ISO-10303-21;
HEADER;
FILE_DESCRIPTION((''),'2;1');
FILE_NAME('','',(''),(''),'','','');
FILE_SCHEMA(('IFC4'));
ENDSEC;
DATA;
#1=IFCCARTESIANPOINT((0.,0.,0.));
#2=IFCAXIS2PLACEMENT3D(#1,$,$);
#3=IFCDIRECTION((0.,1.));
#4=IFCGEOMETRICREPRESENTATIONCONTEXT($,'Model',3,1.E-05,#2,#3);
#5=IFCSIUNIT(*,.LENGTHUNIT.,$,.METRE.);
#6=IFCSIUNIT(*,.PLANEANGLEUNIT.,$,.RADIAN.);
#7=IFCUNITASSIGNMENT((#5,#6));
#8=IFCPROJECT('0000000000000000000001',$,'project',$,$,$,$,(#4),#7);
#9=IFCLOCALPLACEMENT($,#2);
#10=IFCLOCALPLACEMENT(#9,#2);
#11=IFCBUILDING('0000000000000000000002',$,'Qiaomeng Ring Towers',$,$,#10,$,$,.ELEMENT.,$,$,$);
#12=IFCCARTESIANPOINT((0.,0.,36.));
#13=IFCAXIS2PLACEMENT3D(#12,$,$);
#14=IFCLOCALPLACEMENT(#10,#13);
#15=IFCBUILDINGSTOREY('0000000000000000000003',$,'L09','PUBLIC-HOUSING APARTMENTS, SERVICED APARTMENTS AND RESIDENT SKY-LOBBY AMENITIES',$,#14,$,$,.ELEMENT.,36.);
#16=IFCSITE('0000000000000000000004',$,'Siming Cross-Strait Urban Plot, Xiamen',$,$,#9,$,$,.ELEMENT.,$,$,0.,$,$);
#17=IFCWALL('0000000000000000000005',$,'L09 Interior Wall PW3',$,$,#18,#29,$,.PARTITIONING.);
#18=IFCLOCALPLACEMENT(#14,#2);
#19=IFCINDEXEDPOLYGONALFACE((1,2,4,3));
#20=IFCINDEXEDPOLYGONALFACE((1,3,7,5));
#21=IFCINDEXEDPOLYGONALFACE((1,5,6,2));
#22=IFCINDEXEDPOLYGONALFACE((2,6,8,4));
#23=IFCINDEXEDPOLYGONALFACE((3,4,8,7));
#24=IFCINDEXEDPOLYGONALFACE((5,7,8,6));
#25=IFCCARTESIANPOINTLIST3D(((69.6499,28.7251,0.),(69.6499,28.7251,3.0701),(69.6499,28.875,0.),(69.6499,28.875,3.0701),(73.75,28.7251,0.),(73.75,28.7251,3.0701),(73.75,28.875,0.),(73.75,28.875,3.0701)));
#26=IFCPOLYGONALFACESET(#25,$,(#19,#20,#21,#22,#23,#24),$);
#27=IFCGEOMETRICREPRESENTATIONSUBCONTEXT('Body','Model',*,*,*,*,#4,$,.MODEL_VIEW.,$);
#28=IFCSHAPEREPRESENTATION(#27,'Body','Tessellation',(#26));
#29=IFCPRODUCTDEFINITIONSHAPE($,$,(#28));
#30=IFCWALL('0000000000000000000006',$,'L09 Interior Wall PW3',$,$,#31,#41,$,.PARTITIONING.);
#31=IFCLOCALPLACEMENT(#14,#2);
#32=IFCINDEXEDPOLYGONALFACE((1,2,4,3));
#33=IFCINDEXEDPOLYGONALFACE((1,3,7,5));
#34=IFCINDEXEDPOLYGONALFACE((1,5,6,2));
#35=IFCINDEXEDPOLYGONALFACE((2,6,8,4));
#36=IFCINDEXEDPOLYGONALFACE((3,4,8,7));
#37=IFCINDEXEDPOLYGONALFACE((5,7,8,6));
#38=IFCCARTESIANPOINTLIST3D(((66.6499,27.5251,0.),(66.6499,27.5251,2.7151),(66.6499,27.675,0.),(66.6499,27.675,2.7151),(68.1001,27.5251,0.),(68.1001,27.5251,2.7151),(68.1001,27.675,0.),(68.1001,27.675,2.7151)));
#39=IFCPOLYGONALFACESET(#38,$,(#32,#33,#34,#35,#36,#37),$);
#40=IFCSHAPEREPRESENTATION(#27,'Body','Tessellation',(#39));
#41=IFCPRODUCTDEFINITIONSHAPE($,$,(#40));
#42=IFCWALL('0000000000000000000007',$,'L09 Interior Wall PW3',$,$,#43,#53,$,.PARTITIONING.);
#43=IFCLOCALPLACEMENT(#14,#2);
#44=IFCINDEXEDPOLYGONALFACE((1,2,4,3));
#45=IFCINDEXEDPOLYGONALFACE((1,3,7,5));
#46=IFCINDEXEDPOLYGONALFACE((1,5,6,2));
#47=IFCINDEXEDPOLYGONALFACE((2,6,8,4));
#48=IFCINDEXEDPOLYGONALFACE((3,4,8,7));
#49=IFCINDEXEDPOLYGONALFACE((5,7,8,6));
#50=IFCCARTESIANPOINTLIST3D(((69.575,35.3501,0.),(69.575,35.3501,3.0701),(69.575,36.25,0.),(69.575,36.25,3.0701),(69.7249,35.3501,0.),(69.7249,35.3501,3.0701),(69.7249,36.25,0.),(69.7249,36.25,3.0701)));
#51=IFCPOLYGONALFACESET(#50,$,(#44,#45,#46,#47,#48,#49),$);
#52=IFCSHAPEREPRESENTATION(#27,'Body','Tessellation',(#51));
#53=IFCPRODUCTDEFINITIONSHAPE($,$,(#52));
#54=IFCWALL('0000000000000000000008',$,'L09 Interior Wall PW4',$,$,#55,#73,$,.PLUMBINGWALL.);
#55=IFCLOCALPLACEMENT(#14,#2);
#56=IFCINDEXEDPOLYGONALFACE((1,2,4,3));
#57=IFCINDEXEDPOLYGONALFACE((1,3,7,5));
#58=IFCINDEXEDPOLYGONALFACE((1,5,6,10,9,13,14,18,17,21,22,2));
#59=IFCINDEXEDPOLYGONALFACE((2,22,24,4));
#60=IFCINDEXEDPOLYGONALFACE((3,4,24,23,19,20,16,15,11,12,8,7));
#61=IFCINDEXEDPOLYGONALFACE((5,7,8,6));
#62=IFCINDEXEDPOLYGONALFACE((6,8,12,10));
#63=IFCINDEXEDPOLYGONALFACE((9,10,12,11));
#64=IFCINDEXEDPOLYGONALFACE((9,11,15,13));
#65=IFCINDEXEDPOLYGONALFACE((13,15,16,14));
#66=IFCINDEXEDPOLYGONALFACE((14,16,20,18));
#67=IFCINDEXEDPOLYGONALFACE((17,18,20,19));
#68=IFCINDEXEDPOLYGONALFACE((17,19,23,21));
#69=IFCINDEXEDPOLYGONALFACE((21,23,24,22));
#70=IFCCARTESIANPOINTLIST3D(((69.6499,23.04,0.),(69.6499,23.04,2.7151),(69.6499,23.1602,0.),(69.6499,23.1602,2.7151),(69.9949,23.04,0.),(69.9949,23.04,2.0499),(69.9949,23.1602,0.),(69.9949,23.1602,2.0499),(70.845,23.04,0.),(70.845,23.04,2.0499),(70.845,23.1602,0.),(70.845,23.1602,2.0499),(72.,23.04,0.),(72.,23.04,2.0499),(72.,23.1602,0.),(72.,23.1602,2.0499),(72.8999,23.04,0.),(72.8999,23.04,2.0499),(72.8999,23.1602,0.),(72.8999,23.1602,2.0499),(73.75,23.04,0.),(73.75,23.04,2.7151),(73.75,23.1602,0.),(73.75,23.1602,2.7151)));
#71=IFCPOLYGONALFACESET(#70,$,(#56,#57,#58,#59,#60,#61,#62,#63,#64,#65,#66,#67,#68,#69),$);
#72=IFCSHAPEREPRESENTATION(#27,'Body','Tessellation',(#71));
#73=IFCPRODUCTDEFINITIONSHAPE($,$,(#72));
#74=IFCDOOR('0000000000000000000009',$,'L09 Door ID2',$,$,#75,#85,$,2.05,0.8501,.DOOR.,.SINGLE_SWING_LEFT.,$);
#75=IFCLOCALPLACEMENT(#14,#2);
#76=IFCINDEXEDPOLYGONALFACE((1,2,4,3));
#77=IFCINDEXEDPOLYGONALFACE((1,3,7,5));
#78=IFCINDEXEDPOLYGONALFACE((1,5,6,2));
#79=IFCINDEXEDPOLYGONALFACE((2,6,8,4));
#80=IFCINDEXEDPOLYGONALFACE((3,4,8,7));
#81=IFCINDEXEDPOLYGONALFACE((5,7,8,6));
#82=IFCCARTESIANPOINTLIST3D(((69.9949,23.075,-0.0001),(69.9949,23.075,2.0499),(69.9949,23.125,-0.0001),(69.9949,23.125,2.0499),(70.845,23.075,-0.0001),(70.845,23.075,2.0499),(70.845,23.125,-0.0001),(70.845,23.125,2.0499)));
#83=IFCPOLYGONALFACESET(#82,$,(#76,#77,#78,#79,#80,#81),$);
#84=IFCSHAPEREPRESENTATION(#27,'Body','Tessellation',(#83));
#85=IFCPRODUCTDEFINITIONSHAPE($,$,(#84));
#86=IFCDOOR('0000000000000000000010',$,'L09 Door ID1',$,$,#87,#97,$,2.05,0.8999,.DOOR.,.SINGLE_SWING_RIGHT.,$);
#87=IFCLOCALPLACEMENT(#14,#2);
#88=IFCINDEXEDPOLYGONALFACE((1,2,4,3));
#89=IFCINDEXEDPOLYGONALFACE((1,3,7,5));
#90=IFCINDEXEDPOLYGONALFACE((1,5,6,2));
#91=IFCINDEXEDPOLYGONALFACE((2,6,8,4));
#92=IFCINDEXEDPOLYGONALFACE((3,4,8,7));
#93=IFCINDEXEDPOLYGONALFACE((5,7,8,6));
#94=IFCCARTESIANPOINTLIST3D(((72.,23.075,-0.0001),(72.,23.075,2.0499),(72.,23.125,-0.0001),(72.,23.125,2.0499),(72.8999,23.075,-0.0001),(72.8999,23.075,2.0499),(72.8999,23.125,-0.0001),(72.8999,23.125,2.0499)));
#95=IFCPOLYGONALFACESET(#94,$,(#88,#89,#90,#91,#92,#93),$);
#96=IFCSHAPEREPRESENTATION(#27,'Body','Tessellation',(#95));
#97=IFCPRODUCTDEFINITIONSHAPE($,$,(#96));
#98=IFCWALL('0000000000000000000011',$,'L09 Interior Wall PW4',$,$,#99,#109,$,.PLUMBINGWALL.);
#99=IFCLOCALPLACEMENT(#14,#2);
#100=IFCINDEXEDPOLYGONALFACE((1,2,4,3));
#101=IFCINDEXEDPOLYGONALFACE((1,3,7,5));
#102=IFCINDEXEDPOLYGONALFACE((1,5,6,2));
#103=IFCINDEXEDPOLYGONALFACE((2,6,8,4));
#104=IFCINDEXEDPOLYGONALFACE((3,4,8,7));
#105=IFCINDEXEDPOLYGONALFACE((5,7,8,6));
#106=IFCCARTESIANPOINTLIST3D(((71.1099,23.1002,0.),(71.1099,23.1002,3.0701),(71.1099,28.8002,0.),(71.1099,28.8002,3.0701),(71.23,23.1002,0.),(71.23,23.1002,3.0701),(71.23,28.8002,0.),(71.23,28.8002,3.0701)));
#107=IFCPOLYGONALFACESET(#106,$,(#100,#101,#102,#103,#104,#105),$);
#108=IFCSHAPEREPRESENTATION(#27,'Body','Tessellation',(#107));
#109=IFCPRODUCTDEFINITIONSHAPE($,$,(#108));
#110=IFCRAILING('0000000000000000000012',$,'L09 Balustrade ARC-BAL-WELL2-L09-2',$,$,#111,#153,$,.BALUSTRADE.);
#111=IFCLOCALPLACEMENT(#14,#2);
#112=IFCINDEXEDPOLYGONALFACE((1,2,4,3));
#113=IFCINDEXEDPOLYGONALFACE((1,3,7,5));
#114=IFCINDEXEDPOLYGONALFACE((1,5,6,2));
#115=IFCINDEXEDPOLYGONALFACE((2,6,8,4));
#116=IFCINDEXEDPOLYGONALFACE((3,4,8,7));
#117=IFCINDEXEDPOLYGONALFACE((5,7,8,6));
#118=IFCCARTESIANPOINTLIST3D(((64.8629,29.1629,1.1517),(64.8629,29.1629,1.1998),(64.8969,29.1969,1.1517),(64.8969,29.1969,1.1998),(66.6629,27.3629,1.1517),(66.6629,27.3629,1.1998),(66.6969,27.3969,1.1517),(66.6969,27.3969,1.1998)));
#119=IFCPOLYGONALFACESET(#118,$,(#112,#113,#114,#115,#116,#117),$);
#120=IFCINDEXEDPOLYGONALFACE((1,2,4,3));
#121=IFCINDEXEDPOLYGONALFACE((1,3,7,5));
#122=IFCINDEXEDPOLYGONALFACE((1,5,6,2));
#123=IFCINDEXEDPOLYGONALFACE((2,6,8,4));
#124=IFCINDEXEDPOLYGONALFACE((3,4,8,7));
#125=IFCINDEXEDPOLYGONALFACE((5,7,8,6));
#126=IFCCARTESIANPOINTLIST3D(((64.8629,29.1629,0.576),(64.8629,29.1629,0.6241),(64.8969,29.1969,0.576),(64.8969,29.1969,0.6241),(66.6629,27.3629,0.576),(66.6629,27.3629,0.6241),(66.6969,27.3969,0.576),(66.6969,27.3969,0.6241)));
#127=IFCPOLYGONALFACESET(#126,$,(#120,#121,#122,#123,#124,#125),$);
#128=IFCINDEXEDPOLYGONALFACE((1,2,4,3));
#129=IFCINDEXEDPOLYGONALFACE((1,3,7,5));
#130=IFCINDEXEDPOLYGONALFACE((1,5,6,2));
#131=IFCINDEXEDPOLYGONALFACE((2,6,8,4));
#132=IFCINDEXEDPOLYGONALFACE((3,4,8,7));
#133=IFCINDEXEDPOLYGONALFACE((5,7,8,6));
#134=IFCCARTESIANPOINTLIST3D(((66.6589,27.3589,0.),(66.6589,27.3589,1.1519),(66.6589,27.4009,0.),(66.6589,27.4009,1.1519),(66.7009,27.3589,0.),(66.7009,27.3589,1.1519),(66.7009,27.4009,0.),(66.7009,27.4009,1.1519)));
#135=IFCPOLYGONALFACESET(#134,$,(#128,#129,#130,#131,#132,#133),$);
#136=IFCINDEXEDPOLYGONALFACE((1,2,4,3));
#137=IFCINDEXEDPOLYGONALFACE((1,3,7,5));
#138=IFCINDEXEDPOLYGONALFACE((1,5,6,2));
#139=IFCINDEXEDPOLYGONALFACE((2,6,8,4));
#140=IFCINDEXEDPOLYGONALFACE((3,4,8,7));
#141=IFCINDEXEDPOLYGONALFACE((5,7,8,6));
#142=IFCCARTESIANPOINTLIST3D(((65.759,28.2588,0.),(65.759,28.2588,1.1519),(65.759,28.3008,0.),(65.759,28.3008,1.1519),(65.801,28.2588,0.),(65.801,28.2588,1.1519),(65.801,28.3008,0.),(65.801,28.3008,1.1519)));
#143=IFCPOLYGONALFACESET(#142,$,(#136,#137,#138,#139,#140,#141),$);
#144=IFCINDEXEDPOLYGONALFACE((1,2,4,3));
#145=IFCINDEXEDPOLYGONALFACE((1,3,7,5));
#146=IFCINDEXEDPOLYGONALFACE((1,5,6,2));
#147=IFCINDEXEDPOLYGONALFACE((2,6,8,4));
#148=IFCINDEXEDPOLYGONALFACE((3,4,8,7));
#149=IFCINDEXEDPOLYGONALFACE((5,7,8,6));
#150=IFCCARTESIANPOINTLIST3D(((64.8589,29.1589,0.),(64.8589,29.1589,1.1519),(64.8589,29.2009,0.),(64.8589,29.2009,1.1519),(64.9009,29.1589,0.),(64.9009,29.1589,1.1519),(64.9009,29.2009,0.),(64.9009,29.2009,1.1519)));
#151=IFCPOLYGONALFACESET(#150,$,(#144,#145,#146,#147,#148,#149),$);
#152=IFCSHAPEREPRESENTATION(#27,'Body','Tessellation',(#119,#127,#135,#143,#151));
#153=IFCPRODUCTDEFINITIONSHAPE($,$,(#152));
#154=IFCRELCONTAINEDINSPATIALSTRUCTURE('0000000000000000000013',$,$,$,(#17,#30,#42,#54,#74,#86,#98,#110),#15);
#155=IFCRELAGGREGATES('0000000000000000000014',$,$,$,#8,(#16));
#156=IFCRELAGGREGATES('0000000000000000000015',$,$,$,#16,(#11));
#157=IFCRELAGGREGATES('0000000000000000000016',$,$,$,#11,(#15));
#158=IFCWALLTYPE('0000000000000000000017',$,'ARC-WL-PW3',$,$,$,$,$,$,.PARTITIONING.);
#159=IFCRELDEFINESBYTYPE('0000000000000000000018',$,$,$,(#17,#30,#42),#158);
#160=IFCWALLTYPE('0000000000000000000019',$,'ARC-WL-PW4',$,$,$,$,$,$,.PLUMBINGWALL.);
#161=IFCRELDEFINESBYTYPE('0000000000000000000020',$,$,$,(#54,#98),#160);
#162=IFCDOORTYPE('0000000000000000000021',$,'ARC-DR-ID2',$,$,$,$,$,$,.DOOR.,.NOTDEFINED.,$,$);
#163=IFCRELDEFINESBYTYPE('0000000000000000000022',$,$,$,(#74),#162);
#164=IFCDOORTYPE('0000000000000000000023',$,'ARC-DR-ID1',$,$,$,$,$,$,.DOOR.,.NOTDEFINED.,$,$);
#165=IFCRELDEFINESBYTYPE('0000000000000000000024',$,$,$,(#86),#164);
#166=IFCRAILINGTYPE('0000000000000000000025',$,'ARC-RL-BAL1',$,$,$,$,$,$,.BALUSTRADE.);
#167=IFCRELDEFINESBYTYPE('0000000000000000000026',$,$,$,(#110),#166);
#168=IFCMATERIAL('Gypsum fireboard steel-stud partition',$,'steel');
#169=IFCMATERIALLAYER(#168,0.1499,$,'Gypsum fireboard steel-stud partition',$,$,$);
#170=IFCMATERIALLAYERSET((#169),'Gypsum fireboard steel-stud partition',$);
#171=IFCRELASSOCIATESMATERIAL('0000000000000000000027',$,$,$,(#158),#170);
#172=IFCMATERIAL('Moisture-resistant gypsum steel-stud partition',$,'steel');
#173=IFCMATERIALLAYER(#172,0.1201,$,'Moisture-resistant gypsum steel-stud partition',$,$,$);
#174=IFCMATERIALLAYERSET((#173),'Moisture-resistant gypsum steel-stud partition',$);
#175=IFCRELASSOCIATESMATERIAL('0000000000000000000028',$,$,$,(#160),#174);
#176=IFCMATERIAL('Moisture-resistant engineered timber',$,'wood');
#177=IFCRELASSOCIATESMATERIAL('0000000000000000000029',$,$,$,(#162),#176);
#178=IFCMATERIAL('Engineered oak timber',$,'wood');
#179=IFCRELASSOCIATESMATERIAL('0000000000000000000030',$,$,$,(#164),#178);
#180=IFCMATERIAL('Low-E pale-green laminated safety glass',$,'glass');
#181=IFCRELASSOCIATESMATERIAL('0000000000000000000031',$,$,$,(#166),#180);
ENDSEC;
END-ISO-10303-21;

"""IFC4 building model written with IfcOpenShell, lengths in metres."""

from ifc_helpers import new_model, si_unit, direction, frame, frame_2d, origin, origin_2d, place, context, subcontext, project, spatial, rectangle, extrude, source, transform, mapped, material, layer, layer_set, type_object, element, fill, save


model = new_model("IFC4")

# Units and contexts
model_context = context("Model", 3, precision=1e-05, world=origin(), true_north=direction((0.0, 1.0)))
body_context = subcontext(model_context, "Body", "Model", "MODEL_VIEW")
ifc_project = project(units=[si_unit("LENGTHUNIT", "METRE"), si_unit("PLANEANGLEUNIT", "RADIAN")], contexts=[model_context])

# Site, building, storey
site_placement = place(None, origin())
site = spatial("IfcSite", under=ifc_project, at=site_placement, Name="Siming Cross-Strait Urban Plot, Xiamen", CompositionType="ELEMENT", RefElevation=0.0)
building_placement = place(site_placement, origin())
building = spatial("IfcBuilding", under=site, at=building_placement, Name="Qiaomeng Ring Towers", CompositionType="ELEMENT")
storey_placement = place(building_placement, frame((0.0, 0.0, 36.0)))
storey = spatial("IfcBuildingStorey", under=building, at=storey_placement, Name="L09", Description="PUBLIC-HOUSING APARTMENTS, SERVICED APARTMENTS AND RESIDENT SKY-LOBBY AMENITIES", CompositionType="ELEMENT", Elevation=36.0)

# Walls
ifc_material_1 = material(Name="Gypsum fireboard steel-stud partition", Category="steel")
ifc_layer_1 = layer(ifc_material_1, 0.1499, Name="Gypsum fireboard steel-stud partition")
ifc_layer_set_1 = layer_set([ifc_layer_1], Name="Gypsum fireboard steel-stud partition")
wall_type_1 = type_object("IfcWallType", Name="ARC-WL-PW3", PredefinedType="PARTITIONING", material=ifc_layer_set_1)
wall_1_placement = place(storey_placement, frame((69.6499, 28.8, 0.0), z_axis=(0.0, 0.0, 1.0), x_axis=(1.0, 0.0, 0.0)))
element("IfcWall", 1, at=wall_1_placement, inside=storey, type_object=wall_type_1, Name="L09 Interior Wall PW3", PredefinedType="PARTITIONING", context=body_context, shape_type="SweptSolid", body=[
    extrude(rectangle(XDim=4.1001, YDim=0.1499, at=frame_2d((2.05, 0.0))), origin(), (0.0, 0.0, 1.0), 3.0701),
])
wall_2_placement = place(storey_placement, frame((66.6499, 27.6001, 0.0), z_axis=(0.0, 0.0, 1.0), x_axis=(1.0, 0.0, 0.0)))
element("IfcWall", 2, at=wall_2_placement, inside=storey, type_object=wall_type_1, Name="L09 Interior Wall PW3", PredefinedType="PARTITIONING", context=body_context, shape_type="SweptSolid", body=[
    extrude(rectangle(XDim=1.4502, YDim=0.1499, at=frame_2d((0.7251, 0.0))), origin(), (0.0, 0.0, 1.0), 2.7151),
])
wall_3_placement = place(storey_placement, frame((69.6499, 35.3501, 0.0), z_axis=(0.0, 0.0, 1.0), x_axis=(0.0, 1.0, 0.0)))
element("IfcWall", 3, at=wall_3_placement, inside=storey, type_object=wall_type_1, Name="L09 Interior Wall PW3", PredefinedType="PARTITIONING", context=body_context, shape_type="SweptSolid", body=[
    extrude(rectangle(XDim=0.8999, YDim=0.1499, at=frame_2d((0.45, 0.0))), origin(), (0.0, 0.0, 1.0), 3.0701),
])

# Wall, openings, doors
ifc_material_2 = material(Name="Moisture-resistant gypsum steel-stud partition", Category="steel")
ifc_layer_2 = layer(ifc_material_2, 0.1201, Name="Moisture-resistant gypsum steel-stud partition")
ifc_layer_set_2 = layer_set([ifc_layer_2], Name="Moisture-resistant gypsum steel-stud partition")
wall_type_2 = type_object("IfcWallType", Name="ARC-WL-PW4", PredefinedType="PLUMBINGWALL", material=ifc_layer_set_2)
wall_4_placement = place(storey_placement, frame((69.6499, 23.1001, 0.0), z_axis=(0.0, 0.0, 1.0), x_axis=(1.0, 0.0, 0.0)))
wall_4 = element("IfcWall", 4, at=wall_4_placement, inside=storey, type_object=wall_type_2, Name="L09 Interior Wall PW4", PredefinedType="PLUMBINGWALL", context=body_context, shape_type="SweptSolid", body=[
    extrude(rectangle(XDim=4.1001, YDim=0.1201, at=frame_2d((2.05, 0.0))), origin(), (0.0, 0.0, 1.0), 2.7151),
])
opening_1_placement = place(wall_4_placement, frame((0.345, 0.0, 0.0)))
opening_1 = element("IfcOpeningElement", 5, at=opening_1_placement, cuts=wall_4, PredefinedType="OPENING", context=body_context, shape_type="SweptSolid", body=[
    extrude(rectangle(XDim=0.8501, YDim=2.05, at=frame_2d((0.425, 1.0249))), frame((0.0, 0.0701, 0.0), z_axis=(0.0, -1.0, 0.0), x_axis=(1.0, 0.0, 0.0)), (0.0, 0.0, 1.0), 0.1401),
])
opening_2_placement = place(wall_4_placement, frame((2.3501, 0.0, 0.0)))
opening_2 = element("IfcOpeningElement", 6, at=opening_2_placement, cuts=wall_4, PredefinedType="OPENING", context=body_context, shape_type="SweptSolid", body=[
    extrude(rectangle(XDim=0.8999, YDim=2.05, at=frame_2d((0.45, 1.0249))), frame((0.0, 0.0701, 0.0), z_axis=(0.0, -1.0, 0.0), x_axis=(1.0, 0.0, 0.0)), (0.0, 0.0, 1.0), 0.1401),
])
ifc_material_3 = material(Name="Moisture-resistant engineered timber", Category="wood")
door_type_1 = type_object("IfcDoorType", Name="ARC-DR-ID2", OperationType="NOTDEFINED", PredefinedType="DOOR", material=ifc_material_3)
shared_shape_1 = source(origin(), body_context, "Body", "SweptSolid", [
    extrude(rectangle(XDim=0.8501, YDim=2.05, at=frame_2d((0.425, 1.0249))), frame((0.0, 0.0249, 0.0), z_axis=(0.0, -1.0, 0.0), x_axis=(1.0, 0.0, 0.0)), (0.0, 0.0, 1.0), 0.05),
])
door_1_placement = place(opening_1_placement, origin())
door_1 = element("IfcDoor", 7, at=door_1_placement, inside=storey, type_object=door_type_1, Name="L09 Door ID2", OperationType="SINGLE_SWING_LEFT", OverallHeight=2.05, OverallWidth=0.8501, PredefinedType="DOOR", context=body_context, shape_type="MappedRepresentation", body=[
    mapped(shared_shape_1, transform((0.0, 0.0, 0.0), x_axis=(1.0, 0.0, 0.0), y_axis=(0.0, 1.0, 0.0), z_axis=(0.0, 0.0, 1.0), scale=1.0)),
])
fill(opening_1, door_1)
ifc_material_4 = material(Name="Engineered oak timber", Category="wood")
door_type_2 = type_object("IfcDoorType", Name="ARC-DR-ID1", OperationType="NOTDEFINED", PredefinedType="DOOR", material=ifc_material_4)
shared_shape_2 = source(origin(), body_context, "Body", "SweptSolid", [
    extrude(rectangle(XDim=0.8999, YDim=2.05, at=frame_2d((0.45, 1.0249))), frame((0.0, 0.0249, 0.0), z_axis=(0.0, -1.0, 0.0), x_axis=(1.0, 0.0, 0.0)), (0.0, 0.0, 1.0), 0.05),
])
door_2_placement = place(opening_2_placement, origin())
door_2 = element("IfcDoor", 8, at=door_2_placement, inside=storey, type_object=door_type_2, Name="L09 Door ID1", OperationType="SINGLE_SWING_RIGHT", OverallHeight=2.05, OverallWidth=0.8999, PredefinedType="DOOR", context=body_context, shape_type="MappedRepresentation", body=[
    mapped(shared_shape_2, transform((0.0, 0.0, 0.0), x_axis=(1.0, 0.0, 0.0), y_axis=(0.0, 1.0, 0.0), z_axis=(0.0, 0.0, 1.0), scale=1.0)),
])
fill(opening_2, door_2)

# Wall
wall_5_placement = place(storey_placement, frame((71.1699, 23.1001, 0.0), z_axis=(0.0, 0.0, 1.0), x_axis=(0.0, 1.0, 0.0)))
element("IfcWall", 9, at=wall_5_placement, inside=storey, type_object=wall_type_2, Name="L09 Interior Wall PW4", PredefinedType="PLUMBINGWALL", context=body_context, shape_type="SweptSolid", body=[
    extrude(rectangle(XDim=5.7, YDim=0.1201, at=frame_2d((2.8501, 0.0))), origin(), (0.0, 0.0, 1.0), 3.0701),
])

# Railing
ifc_material_5 = material(Name="Low-E pale-green laminated safety glass", Category="glass")
railing_type = type_object("IfcRailingType", Name="ARC-RL-BAL1", PredefinedType="BALUSTRADE", material=ifc_material_5)
railing_1_placement = place(storey_placement, frame((66.6799, 27.3799, 0.0)))
element("IfcRailing", 10, at=railing_1_placement, inside=storey, type_object=railing_type, Name="L09 Balustrade ARC-BAL-WELL2-L09-2", PredefinedType="BALUSTRADE", context=body_context, shape_type="SweptSolid", body=[
    extrude(rectangle(XDim=0.0481, YDim=0.0481, at=origin_2d()), frame((0.0, 0.0, 1.1758), z_axis=(-0.707107, 0.707107, 0.0), x_axis=(-0.707107, -0.707107, 0.0)), (0.0, 0.0, 1.0), 2.5457),
    extrude(rectangle(XDim=0.0481, YDim=0.0481, at=origin_2d()), frame((0.0, 0.0, 0.6001), z_axis=(-0.707107, 0.707107, 0.0), x_axis=(-0.707107, -0.707107, 0.0)), (0.0, 0.0, 1.0), 2.5457),
    extrude(rectangle(XDim=0.042, YDim=0.042, at=origin_2d()), origin(), (0.0, 0.0, 1.0), 1.1519),
    extrude(rectangle(XDim=0.042, YDim=0.042, at=origin_2d()), frame((-0.8999, 0.8999, 0.0)), (0.0, 0.0, 1.0), 1.1519),
    extrude(rectangle(XDim=0.042, YDim=0.042, at=origin_2d()), frame((-1.8, 1.8, 0.0)), (0.0, 0.0, 1.0), 1.1519),
])

save(model, "model.ifc")
